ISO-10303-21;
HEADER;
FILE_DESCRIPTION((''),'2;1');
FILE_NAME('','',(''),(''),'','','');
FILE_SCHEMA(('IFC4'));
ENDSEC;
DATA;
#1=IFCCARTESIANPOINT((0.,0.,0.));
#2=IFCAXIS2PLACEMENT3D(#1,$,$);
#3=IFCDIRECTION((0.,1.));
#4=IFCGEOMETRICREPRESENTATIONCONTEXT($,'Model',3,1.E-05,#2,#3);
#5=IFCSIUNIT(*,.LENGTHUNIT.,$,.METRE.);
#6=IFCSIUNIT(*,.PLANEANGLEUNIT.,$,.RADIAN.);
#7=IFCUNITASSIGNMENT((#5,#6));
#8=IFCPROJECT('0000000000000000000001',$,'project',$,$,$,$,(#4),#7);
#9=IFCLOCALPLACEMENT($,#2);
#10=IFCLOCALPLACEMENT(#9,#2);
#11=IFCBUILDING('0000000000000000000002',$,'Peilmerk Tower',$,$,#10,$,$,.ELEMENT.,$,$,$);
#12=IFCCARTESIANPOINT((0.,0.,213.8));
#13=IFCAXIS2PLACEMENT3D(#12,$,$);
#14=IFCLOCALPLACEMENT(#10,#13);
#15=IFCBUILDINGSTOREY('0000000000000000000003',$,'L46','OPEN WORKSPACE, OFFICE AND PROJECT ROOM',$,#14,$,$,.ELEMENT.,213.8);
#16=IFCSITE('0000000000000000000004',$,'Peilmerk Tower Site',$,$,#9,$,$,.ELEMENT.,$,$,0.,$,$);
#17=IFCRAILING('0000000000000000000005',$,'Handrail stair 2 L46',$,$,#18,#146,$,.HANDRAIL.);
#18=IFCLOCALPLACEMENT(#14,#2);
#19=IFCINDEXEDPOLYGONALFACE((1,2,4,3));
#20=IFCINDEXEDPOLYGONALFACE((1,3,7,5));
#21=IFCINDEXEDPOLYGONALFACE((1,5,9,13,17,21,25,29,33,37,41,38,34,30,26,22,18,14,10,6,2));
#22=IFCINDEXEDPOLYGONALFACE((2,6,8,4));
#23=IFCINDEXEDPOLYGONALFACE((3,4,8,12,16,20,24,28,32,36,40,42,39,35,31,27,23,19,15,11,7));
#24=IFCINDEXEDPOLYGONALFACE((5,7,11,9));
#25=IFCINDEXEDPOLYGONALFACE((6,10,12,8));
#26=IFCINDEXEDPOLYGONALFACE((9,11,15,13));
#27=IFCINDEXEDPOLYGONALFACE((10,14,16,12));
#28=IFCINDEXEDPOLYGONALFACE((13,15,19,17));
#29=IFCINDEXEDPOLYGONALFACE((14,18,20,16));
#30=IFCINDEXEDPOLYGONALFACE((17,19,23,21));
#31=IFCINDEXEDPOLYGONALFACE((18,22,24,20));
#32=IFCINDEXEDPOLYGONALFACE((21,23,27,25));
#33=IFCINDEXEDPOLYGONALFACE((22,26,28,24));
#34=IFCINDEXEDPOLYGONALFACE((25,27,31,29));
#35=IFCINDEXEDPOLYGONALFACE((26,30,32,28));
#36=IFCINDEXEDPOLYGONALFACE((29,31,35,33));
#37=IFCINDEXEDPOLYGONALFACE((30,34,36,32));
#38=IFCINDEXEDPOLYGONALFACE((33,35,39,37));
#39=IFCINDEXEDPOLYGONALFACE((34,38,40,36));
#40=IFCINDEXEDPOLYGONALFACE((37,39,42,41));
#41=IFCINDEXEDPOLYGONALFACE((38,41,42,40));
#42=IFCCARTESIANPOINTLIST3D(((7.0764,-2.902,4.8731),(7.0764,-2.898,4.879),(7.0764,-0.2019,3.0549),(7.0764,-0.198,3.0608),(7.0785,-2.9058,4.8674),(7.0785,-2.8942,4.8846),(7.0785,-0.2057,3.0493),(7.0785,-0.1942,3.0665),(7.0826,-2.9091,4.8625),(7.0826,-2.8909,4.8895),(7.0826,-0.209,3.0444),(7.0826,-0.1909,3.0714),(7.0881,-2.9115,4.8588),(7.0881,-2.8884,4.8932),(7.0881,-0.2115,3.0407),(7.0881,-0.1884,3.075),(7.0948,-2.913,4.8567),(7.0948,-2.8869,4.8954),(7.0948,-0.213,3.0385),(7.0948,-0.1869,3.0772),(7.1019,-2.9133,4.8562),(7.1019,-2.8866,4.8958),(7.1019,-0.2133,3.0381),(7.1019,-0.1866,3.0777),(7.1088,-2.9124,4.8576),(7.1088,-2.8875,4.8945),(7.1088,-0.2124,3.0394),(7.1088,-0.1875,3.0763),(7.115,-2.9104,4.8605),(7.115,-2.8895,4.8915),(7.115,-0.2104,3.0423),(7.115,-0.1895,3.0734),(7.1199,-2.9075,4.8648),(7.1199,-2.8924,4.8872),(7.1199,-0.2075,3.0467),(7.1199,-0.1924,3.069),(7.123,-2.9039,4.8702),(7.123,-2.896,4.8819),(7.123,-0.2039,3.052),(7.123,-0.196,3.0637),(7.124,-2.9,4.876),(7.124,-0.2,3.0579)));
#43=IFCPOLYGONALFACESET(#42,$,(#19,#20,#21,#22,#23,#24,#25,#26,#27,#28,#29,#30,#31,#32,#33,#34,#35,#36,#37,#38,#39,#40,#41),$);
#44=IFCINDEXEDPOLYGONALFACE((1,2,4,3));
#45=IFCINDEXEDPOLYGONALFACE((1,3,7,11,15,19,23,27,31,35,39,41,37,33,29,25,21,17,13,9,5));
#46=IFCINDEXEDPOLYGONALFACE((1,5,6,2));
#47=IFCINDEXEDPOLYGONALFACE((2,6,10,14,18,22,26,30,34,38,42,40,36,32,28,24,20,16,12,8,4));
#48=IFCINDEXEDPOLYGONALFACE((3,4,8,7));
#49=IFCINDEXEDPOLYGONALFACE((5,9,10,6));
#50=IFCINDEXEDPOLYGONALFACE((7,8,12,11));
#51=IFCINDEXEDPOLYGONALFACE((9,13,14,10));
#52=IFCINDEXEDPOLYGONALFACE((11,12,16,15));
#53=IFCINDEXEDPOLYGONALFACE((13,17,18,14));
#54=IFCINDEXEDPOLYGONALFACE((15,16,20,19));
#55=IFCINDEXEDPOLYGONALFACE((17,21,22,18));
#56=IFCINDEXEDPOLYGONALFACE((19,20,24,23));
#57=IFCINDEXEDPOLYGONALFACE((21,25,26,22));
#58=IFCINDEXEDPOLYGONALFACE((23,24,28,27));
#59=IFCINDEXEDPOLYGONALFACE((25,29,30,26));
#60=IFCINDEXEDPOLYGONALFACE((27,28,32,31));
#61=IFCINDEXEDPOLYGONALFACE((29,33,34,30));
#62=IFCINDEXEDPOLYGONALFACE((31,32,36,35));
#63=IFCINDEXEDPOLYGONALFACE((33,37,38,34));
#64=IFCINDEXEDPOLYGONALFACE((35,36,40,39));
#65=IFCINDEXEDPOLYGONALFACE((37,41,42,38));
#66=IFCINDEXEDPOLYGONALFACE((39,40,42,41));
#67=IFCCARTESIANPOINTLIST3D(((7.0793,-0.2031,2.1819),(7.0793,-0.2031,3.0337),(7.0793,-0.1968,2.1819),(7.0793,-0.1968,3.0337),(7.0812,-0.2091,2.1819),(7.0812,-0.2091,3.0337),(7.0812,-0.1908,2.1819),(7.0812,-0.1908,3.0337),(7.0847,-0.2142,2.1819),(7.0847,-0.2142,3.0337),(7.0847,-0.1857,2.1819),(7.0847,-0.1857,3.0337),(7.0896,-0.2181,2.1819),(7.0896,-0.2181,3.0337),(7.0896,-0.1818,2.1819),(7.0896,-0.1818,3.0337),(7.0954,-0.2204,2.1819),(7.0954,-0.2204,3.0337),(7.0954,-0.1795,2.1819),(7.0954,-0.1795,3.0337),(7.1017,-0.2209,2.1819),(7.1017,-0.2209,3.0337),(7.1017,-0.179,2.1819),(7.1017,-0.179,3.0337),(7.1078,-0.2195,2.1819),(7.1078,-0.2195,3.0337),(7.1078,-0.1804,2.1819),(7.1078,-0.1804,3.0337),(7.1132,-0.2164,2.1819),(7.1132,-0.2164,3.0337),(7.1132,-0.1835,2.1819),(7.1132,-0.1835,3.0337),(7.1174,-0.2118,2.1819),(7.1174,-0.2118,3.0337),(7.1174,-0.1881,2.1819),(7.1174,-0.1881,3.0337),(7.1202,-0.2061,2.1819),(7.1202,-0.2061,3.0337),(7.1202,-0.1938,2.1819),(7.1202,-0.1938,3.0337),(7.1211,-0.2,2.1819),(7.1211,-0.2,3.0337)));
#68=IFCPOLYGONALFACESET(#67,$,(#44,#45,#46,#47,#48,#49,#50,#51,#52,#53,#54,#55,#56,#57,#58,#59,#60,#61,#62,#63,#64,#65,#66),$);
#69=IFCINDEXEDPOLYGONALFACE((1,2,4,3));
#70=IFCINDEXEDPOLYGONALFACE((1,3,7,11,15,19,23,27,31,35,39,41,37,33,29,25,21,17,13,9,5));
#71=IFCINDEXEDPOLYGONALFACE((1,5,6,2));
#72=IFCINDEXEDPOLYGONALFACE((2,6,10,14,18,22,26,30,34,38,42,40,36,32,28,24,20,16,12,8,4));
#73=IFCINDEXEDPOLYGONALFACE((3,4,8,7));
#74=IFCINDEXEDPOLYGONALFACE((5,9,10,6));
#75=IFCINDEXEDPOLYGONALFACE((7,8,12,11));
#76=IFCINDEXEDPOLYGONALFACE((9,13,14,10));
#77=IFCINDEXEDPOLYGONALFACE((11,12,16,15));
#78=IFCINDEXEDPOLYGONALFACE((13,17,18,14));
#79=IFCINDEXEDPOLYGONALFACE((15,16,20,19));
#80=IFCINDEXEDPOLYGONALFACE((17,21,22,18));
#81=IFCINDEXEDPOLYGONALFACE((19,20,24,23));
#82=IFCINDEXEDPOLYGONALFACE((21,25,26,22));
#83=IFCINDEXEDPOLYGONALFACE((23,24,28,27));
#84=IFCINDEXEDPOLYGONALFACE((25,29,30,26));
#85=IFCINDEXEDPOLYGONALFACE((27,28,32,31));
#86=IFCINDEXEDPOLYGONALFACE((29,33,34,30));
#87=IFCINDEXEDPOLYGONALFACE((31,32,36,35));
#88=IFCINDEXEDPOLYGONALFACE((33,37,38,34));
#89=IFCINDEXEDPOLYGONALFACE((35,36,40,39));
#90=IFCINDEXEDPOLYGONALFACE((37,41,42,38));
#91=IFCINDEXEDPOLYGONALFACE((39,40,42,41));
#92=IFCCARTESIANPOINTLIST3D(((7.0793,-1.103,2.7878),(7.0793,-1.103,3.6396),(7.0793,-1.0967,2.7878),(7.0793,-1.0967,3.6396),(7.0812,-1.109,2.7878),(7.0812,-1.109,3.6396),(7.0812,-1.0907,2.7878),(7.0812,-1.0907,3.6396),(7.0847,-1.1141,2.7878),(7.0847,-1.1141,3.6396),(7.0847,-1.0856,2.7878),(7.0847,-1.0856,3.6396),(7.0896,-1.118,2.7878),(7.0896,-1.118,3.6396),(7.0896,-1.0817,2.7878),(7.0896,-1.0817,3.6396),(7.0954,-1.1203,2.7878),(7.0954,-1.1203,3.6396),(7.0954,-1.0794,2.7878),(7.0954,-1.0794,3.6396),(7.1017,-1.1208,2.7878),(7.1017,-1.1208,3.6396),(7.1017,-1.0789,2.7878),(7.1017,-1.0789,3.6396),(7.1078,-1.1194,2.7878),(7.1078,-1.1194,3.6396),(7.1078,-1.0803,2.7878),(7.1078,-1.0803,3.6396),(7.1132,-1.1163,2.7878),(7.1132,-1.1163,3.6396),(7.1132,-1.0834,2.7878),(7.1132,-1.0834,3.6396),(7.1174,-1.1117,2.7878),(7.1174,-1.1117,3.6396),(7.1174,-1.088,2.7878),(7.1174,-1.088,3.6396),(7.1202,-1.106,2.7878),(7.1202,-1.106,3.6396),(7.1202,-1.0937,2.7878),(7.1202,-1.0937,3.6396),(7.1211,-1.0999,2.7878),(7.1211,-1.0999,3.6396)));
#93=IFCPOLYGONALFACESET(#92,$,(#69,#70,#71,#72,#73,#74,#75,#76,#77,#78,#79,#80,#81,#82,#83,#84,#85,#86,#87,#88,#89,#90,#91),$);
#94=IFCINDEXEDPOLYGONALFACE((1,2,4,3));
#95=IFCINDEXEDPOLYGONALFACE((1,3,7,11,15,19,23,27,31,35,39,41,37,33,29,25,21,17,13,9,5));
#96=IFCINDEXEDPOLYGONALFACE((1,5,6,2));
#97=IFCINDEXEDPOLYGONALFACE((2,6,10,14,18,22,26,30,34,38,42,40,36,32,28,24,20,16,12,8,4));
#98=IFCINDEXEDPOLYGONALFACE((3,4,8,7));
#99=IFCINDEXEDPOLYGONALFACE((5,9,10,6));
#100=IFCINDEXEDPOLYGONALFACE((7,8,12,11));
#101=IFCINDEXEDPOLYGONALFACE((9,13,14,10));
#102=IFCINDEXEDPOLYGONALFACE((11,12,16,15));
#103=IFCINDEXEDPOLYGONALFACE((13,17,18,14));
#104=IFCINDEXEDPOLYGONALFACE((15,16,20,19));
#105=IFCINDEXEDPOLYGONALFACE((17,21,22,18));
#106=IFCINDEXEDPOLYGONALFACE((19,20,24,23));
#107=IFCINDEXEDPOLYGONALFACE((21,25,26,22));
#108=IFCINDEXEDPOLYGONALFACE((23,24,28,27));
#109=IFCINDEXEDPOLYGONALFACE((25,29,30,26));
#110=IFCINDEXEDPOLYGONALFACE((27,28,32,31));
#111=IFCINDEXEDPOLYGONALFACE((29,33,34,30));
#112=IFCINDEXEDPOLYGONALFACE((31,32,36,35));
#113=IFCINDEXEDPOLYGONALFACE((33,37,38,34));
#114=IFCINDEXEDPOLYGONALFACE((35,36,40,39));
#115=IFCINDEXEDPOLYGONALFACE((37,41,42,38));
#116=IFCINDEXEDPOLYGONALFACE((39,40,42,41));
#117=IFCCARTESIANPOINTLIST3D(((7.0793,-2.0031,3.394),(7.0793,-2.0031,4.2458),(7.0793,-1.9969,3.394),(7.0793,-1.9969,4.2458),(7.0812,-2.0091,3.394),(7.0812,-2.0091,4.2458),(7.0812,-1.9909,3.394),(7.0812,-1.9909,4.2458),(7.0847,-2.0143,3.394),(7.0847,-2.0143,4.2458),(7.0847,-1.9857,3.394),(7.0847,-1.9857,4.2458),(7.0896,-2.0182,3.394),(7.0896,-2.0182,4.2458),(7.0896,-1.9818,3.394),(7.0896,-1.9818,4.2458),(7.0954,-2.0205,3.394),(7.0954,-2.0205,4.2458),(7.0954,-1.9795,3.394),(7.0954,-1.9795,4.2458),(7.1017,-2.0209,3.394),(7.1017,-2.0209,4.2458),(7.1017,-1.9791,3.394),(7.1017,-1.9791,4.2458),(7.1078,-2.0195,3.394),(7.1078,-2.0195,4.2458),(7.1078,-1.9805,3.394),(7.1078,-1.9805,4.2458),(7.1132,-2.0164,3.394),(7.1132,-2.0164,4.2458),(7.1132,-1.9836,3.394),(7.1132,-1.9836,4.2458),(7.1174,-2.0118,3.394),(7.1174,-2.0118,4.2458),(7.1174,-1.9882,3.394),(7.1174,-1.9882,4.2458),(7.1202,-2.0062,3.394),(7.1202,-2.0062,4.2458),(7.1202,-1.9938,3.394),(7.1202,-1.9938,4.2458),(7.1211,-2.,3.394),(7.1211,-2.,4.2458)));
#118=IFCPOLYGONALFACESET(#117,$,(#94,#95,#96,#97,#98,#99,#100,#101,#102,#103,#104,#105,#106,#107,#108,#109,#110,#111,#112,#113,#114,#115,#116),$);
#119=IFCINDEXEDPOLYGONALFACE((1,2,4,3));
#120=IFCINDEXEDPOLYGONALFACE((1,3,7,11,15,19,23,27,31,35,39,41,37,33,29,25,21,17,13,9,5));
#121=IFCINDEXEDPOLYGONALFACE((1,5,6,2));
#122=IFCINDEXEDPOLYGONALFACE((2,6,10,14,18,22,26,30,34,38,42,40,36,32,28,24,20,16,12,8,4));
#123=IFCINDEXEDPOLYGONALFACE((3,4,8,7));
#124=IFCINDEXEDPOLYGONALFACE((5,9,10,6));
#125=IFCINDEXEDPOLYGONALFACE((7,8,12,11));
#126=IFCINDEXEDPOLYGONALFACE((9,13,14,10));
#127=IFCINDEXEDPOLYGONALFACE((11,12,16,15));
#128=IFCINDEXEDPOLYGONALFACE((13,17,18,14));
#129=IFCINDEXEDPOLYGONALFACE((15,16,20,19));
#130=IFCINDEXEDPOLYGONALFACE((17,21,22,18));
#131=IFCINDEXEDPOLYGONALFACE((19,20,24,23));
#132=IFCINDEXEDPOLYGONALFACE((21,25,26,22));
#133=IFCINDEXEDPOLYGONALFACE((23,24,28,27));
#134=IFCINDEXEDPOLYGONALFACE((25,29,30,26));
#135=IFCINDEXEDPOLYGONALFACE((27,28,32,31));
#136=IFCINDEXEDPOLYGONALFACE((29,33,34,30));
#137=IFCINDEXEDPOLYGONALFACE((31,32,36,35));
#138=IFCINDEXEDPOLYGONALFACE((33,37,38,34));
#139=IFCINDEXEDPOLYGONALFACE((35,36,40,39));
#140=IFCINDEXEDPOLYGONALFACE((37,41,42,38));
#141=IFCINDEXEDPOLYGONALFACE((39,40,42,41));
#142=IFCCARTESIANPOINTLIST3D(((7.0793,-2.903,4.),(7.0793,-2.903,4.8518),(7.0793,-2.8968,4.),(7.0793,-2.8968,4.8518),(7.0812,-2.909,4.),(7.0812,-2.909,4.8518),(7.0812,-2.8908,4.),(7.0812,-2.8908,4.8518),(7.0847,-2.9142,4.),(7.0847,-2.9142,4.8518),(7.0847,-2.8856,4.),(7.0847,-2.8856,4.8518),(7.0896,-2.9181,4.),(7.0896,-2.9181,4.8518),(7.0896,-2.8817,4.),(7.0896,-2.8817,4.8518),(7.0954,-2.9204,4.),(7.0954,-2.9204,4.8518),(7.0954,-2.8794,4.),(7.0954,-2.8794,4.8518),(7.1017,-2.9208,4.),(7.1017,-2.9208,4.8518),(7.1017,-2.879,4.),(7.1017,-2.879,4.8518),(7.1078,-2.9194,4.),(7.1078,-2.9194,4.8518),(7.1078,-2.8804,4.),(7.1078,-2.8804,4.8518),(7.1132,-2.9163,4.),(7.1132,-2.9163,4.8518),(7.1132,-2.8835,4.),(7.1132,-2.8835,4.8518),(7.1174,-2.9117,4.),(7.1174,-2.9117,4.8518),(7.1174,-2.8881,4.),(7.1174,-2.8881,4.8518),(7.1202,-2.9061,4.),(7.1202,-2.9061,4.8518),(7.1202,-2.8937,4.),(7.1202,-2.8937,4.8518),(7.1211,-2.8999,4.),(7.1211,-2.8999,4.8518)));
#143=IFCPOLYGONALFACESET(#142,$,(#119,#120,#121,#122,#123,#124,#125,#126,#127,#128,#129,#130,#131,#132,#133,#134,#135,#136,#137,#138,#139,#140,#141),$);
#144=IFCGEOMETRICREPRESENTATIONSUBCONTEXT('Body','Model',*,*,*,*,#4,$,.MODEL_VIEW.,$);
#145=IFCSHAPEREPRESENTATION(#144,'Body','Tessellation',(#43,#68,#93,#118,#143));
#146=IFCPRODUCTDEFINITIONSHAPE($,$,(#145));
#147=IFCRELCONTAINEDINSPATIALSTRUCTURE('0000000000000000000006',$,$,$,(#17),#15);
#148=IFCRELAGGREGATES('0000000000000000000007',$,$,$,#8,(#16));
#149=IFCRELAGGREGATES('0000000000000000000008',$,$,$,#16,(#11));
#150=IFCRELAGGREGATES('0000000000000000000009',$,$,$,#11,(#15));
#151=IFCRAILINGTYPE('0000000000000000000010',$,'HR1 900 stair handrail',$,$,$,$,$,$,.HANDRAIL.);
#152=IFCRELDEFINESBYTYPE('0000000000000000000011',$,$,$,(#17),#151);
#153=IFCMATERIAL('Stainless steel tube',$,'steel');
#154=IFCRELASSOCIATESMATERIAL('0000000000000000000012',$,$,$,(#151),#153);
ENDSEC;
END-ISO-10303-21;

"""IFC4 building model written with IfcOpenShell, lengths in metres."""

from ifc_helpers import new_model, si_unit, direction, frame, origin, origin_2d, place, context, subcontext, project, spatial, circle, extrude, material, type_object, element, save


model = new_model("IFC4")

# Units and contexts
model_context = context("Model", 3, precision=1e-05, world=origin(), true_north=direction((0.0, 1.0)))
body_context = subcontext(model_context, "Body", "Model", "MODEL_VIEW")
ifc_project = project(units=[si_unit("LENGTHUNIT", "METRE"), si_unit("PLANEANGLEUNIT", "RADIAN")], contexts=[model_context])

# Site, building, storey
site_placement = place(None, origin())
site = spatial("IfcSite", under=ifc_project, at=site_placement, Name="Peilmerk Tower Site", CompositionType="ELEMENT", RefElevation=0.0)
building_placement = place(site_placement, origin())
building = spatial("IfcBuilding", under=site, at=building_placement, Name="Peilmerk Tower", CompositionType="ELEMENT")
storey_placement = place(building_placement, frame((0.0, 0.0, 213.8)))
storey = spatial("IfcBuildingStorey", under=building, at=storey_placement, Name="L46", Description="OPEN WORKSPACE, OFFICE AND PROJECT ROOM", CompositionType="ELEMENT", Elevation=213.8)

# Railing
ifc_material_1 = material(Name="Stainless steel tube", Category="steel")
railing_type_1 = type_object("IfcRailingType", Name="HR1 900 stair handrail", PredefinedType="HANDRAIL", material=ifc_material_1)
railing_1_placement = place(storey_placement, frame((7.1001, -0.2, 2.1819)))
element("IfcRailing", 1, at=railing_1_placement, inside=storey, type_object=railing_type_1, Name="Handrail stair 2 L46", PredefinedType="HANDRAIL", context=body_context, shape_type="SweptSolid", body=[
    extrude(circle(Radius=0.0239, at=origin_2d()), frame((0.0, 0.0, 0.876), z_axis=(0.0, -0.829468, 0.558554), x_axis=(1.0, 0.0, 0.0)), (0.0, 0.0, 1.0), 3.2551),
    extrude(circle(Radius=0.021, at=origin_2d()), origin(), (0.0, 0.0, 1.0), 0.8518),
    extrude(circle(Radius=0.021, at=origin_2d()), frame((0.0, -0.8999, 0.606)), (0.0, 0.0, 1.0), 0.8518),
    extrude(circle(Radius=0.021, at=origin_2d()), frame((0.0, -1.8, 1.2122)), (0.0, 0.0, 1.0), 0.8518),
    extrude(circle(Radius=0.021, at=origin_2d()), frame((0.0, -2.7, 1.8181)), (0.0, 0.0, 1.0), 0.8518),
])

save(model, "model.ifc")
